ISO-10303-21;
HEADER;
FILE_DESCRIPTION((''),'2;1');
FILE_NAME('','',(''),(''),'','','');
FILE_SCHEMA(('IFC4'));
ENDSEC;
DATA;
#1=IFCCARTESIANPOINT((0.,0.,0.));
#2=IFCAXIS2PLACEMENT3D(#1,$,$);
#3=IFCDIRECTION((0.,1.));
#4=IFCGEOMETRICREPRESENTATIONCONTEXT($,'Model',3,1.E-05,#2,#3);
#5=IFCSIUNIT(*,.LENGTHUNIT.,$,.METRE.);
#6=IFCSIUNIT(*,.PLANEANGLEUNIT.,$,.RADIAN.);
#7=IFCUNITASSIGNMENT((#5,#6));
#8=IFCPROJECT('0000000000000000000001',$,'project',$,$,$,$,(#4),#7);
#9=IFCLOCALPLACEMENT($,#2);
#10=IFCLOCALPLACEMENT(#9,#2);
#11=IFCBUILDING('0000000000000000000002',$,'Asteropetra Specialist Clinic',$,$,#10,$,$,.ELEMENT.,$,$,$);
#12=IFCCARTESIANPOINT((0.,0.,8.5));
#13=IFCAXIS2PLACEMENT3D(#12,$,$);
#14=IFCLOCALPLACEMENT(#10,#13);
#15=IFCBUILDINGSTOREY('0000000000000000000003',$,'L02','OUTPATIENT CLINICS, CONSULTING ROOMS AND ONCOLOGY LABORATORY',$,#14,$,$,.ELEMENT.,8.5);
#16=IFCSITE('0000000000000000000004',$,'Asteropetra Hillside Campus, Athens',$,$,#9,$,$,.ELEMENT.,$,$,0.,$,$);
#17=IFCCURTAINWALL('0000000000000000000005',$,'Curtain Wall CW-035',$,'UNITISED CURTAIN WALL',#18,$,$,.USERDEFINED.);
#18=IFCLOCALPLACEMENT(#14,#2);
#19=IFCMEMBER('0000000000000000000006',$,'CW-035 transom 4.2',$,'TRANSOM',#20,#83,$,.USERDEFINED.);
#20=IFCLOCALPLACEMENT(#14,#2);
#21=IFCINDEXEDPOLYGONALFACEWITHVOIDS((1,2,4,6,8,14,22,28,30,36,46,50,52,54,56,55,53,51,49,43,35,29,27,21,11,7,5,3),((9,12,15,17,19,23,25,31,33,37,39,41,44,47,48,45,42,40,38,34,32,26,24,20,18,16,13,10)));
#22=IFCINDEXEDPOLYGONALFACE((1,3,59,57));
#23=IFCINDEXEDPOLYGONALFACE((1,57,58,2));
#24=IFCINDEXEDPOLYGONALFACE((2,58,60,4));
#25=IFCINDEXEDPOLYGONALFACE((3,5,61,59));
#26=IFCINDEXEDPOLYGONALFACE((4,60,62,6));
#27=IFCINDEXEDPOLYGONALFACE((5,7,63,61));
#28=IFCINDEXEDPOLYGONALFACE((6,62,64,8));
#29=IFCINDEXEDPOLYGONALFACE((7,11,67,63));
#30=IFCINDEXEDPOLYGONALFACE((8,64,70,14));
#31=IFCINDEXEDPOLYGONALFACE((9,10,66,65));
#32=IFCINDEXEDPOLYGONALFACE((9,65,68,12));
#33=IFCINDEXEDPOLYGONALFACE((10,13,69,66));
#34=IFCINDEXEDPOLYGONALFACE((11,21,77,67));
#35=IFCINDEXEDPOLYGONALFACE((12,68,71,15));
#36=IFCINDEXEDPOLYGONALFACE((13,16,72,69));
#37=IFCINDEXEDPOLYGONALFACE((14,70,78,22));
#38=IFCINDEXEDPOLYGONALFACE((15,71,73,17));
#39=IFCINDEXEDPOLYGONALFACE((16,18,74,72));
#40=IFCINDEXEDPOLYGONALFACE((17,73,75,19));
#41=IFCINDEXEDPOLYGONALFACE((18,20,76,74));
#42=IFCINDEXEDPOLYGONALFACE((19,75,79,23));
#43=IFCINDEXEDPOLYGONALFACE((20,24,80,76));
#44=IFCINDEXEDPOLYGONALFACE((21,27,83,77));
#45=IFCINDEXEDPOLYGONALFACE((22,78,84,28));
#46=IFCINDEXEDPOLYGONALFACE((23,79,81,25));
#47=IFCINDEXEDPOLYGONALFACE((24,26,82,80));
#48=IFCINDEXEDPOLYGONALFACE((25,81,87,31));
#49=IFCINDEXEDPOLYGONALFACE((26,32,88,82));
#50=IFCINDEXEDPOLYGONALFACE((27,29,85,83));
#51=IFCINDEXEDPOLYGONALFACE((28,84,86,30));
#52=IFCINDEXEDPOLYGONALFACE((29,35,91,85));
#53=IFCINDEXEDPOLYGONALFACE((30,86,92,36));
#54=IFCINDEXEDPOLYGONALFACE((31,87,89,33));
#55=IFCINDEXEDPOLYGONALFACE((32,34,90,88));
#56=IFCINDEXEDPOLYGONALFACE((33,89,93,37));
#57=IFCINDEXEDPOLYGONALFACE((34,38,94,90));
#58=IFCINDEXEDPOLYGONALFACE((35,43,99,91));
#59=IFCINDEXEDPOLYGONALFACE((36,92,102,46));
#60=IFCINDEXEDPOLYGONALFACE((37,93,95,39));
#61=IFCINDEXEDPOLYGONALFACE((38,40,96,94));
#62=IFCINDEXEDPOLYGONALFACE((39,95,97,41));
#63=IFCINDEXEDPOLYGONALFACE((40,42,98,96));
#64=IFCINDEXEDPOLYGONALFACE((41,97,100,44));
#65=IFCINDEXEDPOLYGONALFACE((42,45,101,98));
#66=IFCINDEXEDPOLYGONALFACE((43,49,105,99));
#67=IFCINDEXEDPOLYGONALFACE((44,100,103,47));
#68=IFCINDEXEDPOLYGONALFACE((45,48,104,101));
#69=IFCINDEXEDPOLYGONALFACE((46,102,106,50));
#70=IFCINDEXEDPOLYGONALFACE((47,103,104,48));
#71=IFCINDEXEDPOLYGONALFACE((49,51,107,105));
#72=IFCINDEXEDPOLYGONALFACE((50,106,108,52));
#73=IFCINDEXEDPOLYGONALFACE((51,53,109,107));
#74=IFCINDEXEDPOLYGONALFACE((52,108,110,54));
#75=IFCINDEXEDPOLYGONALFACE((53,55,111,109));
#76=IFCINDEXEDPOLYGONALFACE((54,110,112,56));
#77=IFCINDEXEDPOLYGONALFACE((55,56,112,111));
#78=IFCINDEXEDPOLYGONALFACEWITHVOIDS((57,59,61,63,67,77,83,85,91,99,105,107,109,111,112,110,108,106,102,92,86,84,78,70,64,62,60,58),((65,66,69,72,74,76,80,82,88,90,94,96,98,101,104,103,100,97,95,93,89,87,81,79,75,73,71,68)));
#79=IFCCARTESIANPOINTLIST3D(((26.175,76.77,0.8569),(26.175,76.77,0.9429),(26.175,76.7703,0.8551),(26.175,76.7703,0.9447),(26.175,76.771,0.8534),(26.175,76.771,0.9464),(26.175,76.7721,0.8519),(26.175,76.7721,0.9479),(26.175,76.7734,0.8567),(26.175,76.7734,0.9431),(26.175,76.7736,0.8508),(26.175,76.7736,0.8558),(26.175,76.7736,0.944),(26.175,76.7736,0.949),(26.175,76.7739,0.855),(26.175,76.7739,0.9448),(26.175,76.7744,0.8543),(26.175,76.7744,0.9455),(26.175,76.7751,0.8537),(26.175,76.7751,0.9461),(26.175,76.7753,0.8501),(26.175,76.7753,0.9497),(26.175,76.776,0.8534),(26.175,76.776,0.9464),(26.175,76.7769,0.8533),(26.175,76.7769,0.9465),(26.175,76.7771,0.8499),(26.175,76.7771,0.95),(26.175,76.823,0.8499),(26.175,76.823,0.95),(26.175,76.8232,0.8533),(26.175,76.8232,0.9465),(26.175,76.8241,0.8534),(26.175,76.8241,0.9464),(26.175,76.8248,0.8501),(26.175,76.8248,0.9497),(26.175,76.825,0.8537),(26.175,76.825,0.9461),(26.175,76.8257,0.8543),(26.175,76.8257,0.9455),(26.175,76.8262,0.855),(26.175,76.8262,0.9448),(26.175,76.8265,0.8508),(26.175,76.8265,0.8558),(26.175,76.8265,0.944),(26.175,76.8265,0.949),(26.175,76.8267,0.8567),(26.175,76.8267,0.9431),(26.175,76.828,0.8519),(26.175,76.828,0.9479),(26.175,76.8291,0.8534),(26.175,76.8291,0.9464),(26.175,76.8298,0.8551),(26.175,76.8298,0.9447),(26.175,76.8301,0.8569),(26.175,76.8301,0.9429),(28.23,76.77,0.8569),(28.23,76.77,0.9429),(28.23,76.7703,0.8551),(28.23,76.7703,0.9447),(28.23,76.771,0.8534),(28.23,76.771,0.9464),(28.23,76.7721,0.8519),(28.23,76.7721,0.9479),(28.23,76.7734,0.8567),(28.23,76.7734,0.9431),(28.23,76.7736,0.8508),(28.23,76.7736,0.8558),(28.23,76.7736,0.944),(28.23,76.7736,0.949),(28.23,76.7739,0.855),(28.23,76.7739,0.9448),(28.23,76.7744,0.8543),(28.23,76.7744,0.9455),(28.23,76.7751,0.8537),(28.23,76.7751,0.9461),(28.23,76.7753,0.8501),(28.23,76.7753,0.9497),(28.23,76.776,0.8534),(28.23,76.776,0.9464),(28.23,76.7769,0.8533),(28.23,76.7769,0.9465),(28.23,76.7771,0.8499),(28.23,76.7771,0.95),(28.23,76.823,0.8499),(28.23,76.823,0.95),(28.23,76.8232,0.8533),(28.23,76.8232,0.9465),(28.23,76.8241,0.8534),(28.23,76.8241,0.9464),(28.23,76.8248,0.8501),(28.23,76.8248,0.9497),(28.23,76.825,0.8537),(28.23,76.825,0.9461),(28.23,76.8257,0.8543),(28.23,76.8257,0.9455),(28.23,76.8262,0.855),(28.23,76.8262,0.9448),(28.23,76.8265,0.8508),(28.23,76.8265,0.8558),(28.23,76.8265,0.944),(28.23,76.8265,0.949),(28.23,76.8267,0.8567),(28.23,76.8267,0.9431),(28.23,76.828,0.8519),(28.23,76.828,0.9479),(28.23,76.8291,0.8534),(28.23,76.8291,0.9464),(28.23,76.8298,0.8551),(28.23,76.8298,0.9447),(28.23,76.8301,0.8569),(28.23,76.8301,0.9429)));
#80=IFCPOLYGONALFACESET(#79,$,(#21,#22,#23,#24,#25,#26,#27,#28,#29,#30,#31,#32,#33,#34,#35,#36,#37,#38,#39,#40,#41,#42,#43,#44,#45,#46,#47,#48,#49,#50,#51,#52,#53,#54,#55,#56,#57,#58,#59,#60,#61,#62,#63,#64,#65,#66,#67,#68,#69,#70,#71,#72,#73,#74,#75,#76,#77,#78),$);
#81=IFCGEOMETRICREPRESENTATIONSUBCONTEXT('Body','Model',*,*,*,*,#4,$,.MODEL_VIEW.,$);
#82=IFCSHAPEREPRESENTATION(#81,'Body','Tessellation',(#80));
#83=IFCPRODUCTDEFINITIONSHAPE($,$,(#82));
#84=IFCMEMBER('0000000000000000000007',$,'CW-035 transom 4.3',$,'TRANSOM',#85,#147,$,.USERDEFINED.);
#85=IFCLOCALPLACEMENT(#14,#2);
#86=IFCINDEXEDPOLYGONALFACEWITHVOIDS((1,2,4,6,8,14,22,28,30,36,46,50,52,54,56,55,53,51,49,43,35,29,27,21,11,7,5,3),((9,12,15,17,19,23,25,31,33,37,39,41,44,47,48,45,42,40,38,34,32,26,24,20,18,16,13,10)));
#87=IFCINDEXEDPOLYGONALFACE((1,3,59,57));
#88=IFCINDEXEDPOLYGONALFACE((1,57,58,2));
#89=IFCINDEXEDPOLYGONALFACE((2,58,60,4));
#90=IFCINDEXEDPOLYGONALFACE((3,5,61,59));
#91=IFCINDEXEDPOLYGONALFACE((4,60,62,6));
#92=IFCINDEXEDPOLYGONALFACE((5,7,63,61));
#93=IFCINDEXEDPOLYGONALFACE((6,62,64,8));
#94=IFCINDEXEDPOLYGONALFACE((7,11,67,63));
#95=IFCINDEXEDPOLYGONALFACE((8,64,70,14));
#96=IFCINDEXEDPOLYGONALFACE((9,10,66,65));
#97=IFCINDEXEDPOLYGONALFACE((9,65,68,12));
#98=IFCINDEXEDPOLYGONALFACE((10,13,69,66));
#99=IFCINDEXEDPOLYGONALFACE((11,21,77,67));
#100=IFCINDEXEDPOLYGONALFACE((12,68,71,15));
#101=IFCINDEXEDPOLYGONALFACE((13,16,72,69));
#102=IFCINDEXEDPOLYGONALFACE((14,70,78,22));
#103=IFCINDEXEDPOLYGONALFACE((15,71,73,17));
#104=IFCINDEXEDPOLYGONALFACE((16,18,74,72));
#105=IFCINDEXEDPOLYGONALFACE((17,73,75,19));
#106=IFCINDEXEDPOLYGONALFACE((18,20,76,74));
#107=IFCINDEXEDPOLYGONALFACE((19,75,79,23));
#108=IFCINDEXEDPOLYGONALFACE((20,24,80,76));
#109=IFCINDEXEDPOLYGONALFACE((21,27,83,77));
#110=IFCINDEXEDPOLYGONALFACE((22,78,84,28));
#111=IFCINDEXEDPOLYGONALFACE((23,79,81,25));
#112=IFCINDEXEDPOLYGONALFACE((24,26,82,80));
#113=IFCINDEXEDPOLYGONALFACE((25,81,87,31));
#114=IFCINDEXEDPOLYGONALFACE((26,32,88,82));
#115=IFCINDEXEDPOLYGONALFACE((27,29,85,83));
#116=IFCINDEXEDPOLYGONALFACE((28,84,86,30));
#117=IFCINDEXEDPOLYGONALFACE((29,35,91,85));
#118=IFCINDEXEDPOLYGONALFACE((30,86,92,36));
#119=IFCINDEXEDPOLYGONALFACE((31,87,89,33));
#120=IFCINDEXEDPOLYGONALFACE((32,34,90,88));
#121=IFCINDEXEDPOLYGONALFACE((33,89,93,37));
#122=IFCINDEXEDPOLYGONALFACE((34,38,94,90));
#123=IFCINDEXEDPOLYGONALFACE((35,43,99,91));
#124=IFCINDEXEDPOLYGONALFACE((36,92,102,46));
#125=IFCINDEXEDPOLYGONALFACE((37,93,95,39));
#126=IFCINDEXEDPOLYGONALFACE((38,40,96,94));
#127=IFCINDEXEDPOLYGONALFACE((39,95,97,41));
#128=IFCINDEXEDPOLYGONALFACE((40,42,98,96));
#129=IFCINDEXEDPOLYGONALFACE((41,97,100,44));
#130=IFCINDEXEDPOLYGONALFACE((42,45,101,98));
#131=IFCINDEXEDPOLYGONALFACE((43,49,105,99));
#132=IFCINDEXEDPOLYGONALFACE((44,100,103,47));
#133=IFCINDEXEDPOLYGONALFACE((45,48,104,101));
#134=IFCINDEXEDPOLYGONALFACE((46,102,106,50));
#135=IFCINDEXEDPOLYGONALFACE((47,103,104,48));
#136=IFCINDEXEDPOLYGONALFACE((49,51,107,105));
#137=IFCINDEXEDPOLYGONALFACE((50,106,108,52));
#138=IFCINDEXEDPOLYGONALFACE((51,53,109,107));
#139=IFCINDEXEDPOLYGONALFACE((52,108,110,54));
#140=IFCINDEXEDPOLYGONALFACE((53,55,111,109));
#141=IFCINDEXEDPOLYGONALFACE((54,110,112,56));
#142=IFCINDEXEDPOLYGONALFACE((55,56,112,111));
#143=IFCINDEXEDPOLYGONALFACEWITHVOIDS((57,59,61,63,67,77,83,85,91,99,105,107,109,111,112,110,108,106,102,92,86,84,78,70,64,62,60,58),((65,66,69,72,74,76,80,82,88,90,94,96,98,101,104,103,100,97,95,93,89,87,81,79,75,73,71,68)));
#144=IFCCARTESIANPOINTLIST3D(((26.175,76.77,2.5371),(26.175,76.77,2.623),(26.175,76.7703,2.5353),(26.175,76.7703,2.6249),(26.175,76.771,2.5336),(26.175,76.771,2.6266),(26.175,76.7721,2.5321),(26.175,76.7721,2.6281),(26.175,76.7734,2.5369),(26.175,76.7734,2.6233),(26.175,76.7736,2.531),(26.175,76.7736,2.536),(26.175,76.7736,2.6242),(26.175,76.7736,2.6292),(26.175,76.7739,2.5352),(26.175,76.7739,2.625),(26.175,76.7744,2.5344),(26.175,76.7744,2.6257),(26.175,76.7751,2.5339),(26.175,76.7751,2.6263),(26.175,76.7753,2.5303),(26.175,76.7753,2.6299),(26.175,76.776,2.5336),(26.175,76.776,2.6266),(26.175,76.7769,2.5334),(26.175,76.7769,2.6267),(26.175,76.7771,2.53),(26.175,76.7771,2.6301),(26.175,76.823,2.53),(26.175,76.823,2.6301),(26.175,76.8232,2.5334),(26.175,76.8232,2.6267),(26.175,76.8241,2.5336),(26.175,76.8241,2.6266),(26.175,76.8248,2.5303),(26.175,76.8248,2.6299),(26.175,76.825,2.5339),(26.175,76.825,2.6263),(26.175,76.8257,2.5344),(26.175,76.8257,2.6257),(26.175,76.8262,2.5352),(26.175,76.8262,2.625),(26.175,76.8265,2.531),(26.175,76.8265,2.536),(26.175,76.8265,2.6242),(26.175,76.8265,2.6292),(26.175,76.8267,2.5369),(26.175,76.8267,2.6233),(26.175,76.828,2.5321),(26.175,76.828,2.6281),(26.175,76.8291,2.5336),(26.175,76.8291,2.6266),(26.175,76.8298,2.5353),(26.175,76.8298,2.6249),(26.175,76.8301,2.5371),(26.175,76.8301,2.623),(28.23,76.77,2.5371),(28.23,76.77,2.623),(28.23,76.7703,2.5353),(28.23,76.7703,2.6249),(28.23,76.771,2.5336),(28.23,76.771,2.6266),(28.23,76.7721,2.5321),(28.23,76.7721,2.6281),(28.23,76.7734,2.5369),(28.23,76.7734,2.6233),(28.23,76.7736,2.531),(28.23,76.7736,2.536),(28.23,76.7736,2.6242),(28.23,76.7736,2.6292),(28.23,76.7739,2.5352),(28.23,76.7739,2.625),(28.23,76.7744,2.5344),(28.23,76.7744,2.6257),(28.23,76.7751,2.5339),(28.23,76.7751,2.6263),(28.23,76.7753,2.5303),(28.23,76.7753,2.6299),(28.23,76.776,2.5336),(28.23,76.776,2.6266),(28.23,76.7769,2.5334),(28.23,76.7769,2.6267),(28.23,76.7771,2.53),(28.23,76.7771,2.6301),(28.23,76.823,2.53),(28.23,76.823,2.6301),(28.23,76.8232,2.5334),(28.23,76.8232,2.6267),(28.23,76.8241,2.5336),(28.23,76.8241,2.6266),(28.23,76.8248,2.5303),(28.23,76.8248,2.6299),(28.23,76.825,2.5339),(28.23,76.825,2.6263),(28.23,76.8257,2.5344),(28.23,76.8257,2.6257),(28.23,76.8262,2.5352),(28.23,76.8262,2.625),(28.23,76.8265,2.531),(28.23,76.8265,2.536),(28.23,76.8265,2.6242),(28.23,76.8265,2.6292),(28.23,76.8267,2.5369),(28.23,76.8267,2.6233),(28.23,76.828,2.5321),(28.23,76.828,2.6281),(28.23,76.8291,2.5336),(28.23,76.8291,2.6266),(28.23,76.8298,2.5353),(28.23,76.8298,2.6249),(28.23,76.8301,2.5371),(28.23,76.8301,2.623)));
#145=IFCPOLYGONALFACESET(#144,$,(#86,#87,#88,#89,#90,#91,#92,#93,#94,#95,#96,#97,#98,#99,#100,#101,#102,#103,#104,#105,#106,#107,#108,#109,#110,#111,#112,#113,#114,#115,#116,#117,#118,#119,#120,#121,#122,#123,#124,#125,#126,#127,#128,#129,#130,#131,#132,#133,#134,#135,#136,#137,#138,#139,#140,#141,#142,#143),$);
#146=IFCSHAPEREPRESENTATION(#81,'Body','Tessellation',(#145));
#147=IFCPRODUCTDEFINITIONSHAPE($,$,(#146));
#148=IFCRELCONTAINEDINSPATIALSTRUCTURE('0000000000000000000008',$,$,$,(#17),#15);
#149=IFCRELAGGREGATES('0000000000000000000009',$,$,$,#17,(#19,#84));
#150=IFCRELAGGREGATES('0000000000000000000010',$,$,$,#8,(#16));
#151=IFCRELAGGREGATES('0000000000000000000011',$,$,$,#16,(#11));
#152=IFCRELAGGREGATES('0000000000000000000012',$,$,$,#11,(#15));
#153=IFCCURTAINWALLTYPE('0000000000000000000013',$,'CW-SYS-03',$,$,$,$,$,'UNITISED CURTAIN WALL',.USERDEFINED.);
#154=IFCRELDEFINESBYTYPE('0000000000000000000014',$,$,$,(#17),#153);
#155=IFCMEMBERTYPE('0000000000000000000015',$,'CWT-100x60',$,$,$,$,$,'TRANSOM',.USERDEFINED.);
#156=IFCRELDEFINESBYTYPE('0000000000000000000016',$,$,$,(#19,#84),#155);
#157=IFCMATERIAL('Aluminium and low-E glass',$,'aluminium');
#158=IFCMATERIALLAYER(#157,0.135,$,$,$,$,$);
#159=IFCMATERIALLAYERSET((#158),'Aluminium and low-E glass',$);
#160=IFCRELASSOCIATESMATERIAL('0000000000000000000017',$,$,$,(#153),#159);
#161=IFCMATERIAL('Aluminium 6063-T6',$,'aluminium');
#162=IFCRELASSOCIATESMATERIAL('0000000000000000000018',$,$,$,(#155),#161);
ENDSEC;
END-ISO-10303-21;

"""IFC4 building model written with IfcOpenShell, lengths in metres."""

from ifc_helpers import new_model, si_unit, direction, frame, origin, origin_2d, place, context, subcontext, project, spatial, hollow_rectangle, extrude, material, layer, layer_set, material_profile, profile_set, type_object, element, aggregate, save


model = new_model("IFC4")

# Units and contexts
model_context = context("Model", 3, precision=1e-05, world=origin(), true_north=direction((0.0, 1.0)))
body_context = subcontext(model_context, "Body", "Model", "MODEL_VIEW")
ifc_project = project(units=[si_unit("LENGTHUNIT", "METRE"), si_unit("PLANEANGLEUNIT", "RADIAN")], contexts=[model_context])

# Site, building, storey
site_placement = place(None, origin())
site = spatial("IfcSite", under=ifc_project, at=site_placement, Name="Asteropetra Hillside Campus, Athens", CompositionType="ELEMENT", RefElevation=0.0)
building_placement = place(site_placement, origin())
building = spatial("IfcBuilding", under=site, at=building_placement, Name="Asteropetra Specialist Clinic", CompositionType="ELEMENT")
storey_placement = place(building_placement, frame((0.0, 0.0, 8.5)))
storey = spatial("IfcBuildingStorey", under=building, at=storey_placement, Name="L02", Description="OUTPATIENT CLINICS, CONSULTING ROOMS AND ONCOLOGY LABORATORY", CompositionType="ELEMENT", Elevation=8.5)

# Curtain wall
ifc_material_1 = material(Name="Aluminium and low-E glass", Category="aluminium")
ifc_layer_1 = layer(ifc_material_1, 0.135)
ifc_layer_set_1 = layer_set([ifc_layer_1], Name="Aluminium and low-E glass")
curtain_wall_type_1 = type_object("IfcCurtainWallType", Name="CW-SYS-03", ElementType="UNITISED CURTAIN WALL", PredefinedType="USERDEFINED", material=ifc_layer_set_1)
curtain_wall_1_placement = place(storey_placement, origin())
curtain_wall_1 = element("IfcCurtainWall", 1, at=curtain_wall_1_placement, inside=storey, type_object=curtain_wall_type_1, Name="Curtain Wall CW-035", ObjectType="UNITISED CURTAIN WALL", PredefinedType="USERDEFINED")

# Members
ifc_material_2 = material(Name="Aluminium 6063-T6", Category="aluminium")
ifc_material_profile_1 = material_profile(ifc_material_2, hollow_rectangle(XDim=0.0601, YDim=0.1001, WallThickness=0.0034, InnerFilletRadius=0.0034, OuterFilletRadius=0.0071, at=origin_2d()), Name="TRN 100x60x3.5")
ifc_profile_set_1 = profile_set([ifc_material_profile_1], Name="Aluminium 6063-T6")
member_type_1 = type_object("IfcMemberType", Name="CWT-100x60", ElementType="TRANSOM", PredefinedType="USERDEFINED", material=ifc_profile_set_1)
member_1_placement = place(storey_placement, frame((26.175, 76.8, 0.8999), z_axis=(1.0, 0.0, 0.0), x_axis=(0.0, 1.0, 0.0)))
member_1 = element("IfcMember", 2, at=member_1_placement, type_object=member_type_1, Name="CW-035 transom 4.2", ObjectType="TRANSOM", PredefinedType="USERDEFINED", context=body_context, shape_type="SweptSolid", body=[
    extrude(hollow_rectangle(XDim=0.0601, YDim=0.1001, WallThickness=0.0034, InnerFilletRadius=0.0034, OuterFilletRadius=0.0071, at=origin_2d()), origin(), (0.0, 0.0, 1.0), 2.0549),
])
member_2_placement = place(storey_placement, frame((26.175, 76.8, 2.5801), z_axis=(1.0, 0.0, 0.0), x_axis=(0.0, 1.0, 0.0)))
member_2 = element("IfcMember", 3, at=member_2_placement, type_object=member_type_1, Name="CW-035 transom 4.3", ObjectType="TRANSOM", PredefinedType="USERDEFINED", context=body_context, shape_type="SweptSolid", body=[
    extrude(hollow_rectangle(XDim=0.0601, YDim=0.1001, WallThickness=0.0034, InnerFilletRadius=0.0034, OuterFilletRadius=0.0071, at=origin_2d()), origin(), (0.0, 0.0, 1.0), 2.0549),
])

aggregate(curtain_wall_1, [member_1, member_2])

save(model, "model.ifc")
